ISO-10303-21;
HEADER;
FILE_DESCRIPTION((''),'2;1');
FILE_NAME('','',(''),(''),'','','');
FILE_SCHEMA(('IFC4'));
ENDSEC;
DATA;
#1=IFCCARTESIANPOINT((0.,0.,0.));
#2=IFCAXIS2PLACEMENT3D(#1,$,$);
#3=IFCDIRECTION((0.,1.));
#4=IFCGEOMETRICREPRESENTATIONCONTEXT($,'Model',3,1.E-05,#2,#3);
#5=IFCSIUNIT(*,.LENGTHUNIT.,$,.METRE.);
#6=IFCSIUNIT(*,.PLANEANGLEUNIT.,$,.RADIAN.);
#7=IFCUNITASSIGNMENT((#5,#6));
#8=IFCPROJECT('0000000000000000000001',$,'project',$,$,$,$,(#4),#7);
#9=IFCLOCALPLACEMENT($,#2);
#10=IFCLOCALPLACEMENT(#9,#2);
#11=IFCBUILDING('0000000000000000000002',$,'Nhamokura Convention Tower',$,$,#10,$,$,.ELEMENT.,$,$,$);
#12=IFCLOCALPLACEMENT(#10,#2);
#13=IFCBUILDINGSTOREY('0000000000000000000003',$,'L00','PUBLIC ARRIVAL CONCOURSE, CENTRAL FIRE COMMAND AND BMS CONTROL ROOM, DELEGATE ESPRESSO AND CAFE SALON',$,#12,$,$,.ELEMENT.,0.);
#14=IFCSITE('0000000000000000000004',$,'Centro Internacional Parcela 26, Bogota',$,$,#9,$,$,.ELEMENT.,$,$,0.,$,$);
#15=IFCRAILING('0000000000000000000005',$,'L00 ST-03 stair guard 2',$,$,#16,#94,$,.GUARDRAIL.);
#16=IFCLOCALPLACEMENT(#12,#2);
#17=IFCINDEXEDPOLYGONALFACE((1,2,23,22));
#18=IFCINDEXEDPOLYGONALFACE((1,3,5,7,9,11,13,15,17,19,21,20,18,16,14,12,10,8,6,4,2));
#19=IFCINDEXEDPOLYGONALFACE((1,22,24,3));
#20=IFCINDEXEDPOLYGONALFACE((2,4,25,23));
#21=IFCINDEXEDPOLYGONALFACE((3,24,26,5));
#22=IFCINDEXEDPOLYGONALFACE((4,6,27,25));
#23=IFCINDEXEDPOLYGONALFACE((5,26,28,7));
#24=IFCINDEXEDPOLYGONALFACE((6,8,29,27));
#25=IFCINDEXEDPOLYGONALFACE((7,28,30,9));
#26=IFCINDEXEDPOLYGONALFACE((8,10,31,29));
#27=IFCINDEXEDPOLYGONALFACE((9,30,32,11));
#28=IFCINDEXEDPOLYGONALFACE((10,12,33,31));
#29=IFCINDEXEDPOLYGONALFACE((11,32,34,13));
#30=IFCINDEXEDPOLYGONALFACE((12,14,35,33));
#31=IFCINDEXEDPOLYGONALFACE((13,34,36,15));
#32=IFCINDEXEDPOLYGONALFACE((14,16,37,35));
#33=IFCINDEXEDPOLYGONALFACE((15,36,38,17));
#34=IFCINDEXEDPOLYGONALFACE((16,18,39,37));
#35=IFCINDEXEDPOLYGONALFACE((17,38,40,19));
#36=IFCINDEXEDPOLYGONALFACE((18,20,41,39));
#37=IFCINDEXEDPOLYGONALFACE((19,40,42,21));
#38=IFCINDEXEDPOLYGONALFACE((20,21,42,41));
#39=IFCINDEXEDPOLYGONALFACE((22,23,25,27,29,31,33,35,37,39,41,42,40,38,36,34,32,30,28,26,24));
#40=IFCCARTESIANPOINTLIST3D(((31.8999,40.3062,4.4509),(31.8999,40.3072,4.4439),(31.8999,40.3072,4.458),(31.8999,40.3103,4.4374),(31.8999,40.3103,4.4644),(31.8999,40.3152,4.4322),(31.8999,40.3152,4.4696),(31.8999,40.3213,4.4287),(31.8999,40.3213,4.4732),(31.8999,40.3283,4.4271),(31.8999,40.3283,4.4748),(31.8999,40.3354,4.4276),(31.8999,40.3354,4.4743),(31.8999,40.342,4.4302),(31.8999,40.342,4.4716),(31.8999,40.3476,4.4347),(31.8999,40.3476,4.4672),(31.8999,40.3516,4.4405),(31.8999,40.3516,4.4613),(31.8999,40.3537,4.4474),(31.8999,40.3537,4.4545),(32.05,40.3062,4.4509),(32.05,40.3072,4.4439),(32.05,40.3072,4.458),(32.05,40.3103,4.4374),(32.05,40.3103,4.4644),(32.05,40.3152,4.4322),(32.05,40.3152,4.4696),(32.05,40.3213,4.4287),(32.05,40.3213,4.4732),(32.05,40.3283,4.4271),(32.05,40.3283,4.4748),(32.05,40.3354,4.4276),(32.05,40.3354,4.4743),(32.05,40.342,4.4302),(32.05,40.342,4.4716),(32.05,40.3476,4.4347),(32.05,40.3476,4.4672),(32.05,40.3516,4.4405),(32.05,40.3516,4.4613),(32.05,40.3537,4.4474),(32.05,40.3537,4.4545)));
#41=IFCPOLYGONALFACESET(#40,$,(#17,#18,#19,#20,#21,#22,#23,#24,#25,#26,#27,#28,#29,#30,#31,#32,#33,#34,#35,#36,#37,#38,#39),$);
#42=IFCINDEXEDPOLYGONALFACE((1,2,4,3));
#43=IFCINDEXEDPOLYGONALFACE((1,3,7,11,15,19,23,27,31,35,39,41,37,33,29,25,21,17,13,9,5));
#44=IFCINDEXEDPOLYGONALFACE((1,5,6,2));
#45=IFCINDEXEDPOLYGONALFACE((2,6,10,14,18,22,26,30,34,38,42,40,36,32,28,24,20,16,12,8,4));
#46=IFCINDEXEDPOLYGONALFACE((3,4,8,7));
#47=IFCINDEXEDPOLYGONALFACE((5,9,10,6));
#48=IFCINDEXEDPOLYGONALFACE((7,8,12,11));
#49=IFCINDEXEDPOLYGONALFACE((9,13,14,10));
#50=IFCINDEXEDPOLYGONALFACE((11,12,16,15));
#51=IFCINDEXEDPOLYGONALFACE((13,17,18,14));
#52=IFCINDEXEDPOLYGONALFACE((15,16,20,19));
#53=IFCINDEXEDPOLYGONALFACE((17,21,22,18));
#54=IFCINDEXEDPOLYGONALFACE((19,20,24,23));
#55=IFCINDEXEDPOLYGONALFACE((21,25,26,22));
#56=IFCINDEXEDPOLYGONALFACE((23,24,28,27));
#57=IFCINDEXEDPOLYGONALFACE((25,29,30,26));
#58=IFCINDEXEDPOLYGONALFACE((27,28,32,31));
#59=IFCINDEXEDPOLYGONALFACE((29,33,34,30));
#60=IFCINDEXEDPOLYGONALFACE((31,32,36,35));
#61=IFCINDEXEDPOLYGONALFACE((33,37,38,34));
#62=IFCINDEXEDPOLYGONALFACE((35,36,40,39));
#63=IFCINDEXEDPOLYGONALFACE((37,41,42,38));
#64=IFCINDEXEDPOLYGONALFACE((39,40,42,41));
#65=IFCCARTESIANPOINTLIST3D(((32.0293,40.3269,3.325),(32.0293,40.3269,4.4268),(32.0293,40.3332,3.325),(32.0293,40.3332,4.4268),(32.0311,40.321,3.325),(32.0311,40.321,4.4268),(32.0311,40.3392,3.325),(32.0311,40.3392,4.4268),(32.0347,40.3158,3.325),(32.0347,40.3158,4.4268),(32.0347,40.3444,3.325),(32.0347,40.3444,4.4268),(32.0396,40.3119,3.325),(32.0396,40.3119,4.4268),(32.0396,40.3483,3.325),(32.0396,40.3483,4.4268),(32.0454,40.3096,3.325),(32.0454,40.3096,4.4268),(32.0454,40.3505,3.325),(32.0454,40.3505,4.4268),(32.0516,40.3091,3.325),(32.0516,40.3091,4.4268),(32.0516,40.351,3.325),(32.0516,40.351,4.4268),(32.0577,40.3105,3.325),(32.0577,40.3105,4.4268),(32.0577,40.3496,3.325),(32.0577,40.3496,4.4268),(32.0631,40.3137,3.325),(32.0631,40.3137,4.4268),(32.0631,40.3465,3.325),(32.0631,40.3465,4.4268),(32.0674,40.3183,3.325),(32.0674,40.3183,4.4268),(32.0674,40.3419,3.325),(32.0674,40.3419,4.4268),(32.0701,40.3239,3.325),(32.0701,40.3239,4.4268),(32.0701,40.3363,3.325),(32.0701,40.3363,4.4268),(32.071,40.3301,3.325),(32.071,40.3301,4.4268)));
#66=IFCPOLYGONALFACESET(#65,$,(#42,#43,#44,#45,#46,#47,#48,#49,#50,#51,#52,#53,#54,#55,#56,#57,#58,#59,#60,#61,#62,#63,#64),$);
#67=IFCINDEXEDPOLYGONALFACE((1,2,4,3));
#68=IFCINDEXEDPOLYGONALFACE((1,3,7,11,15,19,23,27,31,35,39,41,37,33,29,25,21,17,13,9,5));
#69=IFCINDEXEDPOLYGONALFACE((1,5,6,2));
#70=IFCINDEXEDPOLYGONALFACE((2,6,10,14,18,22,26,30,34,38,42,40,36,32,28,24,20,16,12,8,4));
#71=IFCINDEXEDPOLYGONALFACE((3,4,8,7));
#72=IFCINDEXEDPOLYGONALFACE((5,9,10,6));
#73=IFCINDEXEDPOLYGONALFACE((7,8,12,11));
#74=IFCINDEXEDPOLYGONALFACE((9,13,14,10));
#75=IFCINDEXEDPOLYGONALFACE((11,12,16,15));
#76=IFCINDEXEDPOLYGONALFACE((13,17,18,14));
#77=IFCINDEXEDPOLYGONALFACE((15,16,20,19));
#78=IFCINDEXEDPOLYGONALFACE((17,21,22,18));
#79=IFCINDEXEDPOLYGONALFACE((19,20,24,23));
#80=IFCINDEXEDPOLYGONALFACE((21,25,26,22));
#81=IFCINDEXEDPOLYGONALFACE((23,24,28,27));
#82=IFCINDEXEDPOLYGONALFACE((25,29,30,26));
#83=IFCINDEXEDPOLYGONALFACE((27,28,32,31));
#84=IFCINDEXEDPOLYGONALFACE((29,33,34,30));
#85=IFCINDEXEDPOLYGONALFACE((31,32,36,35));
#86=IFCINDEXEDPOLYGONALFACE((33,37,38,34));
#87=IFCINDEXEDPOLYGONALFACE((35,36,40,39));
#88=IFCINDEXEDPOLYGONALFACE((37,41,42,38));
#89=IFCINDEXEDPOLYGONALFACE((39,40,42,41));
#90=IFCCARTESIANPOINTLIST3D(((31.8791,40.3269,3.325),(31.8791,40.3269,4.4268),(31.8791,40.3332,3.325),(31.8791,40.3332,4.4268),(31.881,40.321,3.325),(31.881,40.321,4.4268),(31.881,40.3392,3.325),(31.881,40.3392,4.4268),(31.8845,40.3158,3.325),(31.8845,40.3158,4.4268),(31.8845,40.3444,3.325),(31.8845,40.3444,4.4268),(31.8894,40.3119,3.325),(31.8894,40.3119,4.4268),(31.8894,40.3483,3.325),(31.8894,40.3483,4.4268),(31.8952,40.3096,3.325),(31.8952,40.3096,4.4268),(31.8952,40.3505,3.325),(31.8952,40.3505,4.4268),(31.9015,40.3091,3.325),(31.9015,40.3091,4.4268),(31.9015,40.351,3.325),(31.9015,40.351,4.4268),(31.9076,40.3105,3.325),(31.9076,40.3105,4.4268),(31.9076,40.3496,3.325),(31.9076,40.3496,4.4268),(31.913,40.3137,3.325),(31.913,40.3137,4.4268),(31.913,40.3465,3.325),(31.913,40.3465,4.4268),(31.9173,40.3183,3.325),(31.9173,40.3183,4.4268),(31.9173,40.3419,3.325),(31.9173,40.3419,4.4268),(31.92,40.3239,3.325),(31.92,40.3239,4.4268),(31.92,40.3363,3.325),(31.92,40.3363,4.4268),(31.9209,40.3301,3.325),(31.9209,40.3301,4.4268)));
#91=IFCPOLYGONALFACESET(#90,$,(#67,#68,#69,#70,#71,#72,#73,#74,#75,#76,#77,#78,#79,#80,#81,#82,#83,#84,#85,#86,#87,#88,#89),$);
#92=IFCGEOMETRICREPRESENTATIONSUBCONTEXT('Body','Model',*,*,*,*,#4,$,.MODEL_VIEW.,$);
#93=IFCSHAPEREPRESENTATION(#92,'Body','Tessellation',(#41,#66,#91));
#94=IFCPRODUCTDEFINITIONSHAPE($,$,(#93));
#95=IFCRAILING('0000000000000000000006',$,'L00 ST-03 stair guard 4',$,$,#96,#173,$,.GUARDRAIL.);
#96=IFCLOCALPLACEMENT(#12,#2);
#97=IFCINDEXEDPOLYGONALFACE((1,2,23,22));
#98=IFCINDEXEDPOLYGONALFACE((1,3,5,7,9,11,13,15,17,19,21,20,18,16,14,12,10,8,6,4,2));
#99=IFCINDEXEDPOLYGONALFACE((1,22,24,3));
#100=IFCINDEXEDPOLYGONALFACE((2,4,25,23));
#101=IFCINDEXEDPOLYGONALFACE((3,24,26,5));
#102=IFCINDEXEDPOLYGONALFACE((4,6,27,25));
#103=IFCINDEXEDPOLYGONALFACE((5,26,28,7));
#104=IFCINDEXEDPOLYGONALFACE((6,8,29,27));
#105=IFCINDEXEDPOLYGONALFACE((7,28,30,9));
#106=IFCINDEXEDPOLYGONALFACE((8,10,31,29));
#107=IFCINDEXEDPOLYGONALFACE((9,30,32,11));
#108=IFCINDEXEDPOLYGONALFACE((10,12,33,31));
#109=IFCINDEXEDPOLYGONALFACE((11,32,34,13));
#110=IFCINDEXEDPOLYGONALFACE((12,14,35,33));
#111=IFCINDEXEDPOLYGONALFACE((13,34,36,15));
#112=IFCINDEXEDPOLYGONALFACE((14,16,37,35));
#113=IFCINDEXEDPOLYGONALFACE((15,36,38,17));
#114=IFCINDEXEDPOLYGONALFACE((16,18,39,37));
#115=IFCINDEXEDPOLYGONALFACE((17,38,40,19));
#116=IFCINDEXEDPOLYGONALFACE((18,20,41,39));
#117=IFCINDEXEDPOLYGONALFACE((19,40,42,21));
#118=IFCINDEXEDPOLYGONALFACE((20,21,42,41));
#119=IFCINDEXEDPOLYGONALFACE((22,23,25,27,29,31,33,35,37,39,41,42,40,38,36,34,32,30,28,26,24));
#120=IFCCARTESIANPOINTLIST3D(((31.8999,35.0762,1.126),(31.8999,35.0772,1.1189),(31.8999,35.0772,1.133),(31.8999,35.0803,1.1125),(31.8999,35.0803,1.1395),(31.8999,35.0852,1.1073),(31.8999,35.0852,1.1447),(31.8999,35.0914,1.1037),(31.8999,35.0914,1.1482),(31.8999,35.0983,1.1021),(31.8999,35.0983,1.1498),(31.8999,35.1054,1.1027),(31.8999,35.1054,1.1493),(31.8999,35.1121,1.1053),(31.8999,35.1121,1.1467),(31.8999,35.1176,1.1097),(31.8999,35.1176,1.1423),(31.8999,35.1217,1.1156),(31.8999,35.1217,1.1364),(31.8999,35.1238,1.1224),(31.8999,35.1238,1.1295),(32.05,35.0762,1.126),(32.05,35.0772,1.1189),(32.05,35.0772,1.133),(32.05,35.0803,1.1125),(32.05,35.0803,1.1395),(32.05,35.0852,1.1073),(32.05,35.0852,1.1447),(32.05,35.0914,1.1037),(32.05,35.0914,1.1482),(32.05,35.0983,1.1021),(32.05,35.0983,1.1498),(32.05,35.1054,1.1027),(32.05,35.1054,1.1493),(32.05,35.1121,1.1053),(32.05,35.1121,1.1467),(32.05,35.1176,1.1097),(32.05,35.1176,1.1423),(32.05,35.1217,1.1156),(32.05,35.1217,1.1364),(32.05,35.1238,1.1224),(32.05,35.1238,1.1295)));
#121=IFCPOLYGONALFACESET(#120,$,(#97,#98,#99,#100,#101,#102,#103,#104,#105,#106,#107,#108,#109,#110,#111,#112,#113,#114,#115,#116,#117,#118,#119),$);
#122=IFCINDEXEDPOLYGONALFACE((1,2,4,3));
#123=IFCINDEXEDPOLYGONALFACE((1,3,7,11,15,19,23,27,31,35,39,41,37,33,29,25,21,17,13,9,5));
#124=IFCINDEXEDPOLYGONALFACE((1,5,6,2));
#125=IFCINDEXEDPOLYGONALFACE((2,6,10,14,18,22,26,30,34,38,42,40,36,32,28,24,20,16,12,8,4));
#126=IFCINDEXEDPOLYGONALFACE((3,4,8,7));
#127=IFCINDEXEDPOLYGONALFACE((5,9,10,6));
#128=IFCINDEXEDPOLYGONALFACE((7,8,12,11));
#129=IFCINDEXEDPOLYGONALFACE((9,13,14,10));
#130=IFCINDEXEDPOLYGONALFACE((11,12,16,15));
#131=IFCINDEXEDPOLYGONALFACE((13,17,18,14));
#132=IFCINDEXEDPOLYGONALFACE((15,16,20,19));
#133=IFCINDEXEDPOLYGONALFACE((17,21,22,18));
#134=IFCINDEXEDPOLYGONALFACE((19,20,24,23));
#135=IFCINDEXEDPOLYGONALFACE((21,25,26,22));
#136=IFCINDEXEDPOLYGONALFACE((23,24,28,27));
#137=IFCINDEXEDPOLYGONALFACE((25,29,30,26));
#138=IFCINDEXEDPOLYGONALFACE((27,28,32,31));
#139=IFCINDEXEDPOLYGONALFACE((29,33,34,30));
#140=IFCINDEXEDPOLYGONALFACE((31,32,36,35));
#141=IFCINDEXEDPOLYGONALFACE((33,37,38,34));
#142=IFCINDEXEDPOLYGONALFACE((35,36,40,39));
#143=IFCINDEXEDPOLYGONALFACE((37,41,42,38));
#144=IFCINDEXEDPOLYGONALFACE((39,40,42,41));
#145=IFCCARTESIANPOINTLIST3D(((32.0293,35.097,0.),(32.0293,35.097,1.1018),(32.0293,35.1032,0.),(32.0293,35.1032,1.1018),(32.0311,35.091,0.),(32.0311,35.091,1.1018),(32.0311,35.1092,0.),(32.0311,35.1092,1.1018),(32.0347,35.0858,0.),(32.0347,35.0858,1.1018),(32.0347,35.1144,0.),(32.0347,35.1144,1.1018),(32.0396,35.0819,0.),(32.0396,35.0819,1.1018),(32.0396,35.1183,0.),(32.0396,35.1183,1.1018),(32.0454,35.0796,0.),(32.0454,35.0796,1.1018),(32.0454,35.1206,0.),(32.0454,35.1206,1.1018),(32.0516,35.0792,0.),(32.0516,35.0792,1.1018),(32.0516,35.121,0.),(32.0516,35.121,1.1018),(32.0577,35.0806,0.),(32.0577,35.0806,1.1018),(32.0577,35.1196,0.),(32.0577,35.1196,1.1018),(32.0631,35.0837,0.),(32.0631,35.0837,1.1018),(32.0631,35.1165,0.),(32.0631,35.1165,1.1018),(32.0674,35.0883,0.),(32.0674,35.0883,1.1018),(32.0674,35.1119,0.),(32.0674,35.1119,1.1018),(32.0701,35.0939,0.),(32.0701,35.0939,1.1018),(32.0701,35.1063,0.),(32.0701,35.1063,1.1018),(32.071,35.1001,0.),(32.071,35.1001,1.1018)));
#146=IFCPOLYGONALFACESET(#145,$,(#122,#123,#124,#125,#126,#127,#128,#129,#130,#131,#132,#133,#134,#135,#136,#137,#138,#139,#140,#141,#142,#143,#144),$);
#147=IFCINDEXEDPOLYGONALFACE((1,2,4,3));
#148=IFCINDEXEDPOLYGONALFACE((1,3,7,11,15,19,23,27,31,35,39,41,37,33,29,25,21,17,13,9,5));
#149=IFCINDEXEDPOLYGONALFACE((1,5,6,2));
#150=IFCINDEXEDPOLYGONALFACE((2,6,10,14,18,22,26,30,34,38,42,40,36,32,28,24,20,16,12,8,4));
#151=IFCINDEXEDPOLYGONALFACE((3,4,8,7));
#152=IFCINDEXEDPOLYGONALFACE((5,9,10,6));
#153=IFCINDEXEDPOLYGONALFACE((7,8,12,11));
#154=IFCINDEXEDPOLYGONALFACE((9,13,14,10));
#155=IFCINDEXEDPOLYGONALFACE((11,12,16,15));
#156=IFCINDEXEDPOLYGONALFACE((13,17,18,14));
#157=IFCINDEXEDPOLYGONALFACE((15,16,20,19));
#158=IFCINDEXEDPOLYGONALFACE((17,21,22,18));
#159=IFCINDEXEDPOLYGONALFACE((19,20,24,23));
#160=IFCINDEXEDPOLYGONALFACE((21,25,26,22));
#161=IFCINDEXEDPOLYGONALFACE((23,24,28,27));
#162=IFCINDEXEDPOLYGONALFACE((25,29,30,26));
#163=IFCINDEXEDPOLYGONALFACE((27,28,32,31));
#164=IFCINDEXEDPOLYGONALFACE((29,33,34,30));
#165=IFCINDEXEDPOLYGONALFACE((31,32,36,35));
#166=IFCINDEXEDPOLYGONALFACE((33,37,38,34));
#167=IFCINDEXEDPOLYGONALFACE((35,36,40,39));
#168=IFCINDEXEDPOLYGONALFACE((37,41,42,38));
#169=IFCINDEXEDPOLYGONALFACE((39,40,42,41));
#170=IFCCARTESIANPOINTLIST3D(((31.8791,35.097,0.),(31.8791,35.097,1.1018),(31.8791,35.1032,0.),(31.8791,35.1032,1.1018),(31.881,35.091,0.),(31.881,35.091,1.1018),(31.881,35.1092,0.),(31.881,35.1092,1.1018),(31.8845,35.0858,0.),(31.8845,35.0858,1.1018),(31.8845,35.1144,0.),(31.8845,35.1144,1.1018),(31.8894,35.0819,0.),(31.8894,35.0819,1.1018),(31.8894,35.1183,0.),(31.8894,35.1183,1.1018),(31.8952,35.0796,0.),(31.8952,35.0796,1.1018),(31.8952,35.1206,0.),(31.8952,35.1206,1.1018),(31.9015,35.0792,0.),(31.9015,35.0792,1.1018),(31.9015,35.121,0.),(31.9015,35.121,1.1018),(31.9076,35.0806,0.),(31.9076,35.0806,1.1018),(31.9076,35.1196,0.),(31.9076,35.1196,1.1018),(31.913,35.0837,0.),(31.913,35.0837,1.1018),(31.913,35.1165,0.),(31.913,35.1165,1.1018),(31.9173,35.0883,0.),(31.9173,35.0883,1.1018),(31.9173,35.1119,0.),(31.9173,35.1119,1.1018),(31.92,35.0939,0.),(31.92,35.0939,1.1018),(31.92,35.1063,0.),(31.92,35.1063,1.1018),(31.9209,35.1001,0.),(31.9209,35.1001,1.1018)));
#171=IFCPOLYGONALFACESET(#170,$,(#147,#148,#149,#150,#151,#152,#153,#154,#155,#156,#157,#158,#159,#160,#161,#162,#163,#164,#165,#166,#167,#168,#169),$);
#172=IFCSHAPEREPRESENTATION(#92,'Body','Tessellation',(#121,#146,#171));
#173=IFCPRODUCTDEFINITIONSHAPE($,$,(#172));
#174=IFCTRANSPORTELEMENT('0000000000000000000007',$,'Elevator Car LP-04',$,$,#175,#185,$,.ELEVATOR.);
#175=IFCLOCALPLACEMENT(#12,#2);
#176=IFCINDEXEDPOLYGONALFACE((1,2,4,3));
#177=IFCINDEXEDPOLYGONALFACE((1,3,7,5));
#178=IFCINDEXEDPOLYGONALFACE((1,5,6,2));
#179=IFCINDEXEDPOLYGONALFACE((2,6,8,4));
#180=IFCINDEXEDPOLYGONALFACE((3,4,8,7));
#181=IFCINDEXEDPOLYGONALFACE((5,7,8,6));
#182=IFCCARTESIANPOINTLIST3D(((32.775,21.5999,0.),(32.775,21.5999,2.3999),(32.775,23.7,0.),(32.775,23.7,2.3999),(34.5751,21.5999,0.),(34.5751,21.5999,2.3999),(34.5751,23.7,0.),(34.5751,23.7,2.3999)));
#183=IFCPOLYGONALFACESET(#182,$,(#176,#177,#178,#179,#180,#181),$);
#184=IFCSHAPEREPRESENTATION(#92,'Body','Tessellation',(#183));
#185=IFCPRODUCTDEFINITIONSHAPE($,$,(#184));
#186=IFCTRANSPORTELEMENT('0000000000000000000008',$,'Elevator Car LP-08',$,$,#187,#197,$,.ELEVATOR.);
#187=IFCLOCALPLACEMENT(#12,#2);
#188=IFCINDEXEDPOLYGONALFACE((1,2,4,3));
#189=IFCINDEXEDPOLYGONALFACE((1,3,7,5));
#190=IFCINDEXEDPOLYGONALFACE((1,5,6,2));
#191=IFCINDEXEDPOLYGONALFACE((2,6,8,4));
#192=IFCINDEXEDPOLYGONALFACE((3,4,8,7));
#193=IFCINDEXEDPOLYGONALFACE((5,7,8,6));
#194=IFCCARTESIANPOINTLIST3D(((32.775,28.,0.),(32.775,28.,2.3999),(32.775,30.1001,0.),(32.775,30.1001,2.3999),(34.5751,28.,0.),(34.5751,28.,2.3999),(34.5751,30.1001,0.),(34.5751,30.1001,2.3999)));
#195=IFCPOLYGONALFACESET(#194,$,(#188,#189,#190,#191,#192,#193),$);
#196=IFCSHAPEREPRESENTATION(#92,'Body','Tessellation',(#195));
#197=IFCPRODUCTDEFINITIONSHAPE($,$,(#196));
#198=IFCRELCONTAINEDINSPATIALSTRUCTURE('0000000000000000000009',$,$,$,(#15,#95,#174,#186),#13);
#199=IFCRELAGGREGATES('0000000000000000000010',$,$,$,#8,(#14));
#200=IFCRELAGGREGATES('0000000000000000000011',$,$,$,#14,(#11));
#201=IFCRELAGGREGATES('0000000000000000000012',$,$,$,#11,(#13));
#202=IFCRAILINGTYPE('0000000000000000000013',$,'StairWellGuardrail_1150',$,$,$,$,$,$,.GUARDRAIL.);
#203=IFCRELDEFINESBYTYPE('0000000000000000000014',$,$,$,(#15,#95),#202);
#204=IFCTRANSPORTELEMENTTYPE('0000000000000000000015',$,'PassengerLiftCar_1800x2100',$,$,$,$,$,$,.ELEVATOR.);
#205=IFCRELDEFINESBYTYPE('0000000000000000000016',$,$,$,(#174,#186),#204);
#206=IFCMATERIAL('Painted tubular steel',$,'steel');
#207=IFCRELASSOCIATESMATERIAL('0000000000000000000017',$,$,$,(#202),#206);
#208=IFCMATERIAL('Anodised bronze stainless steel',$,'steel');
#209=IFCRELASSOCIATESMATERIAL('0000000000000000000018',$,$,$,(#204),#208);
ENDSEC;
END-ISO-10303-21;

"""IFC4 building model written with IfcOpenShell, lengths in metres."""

from ifc_helpers import new_model, si_unit, direction, frame, origin, origin_2d, place, context, subcontext, project, spatial, rectangle, circle, extrude, material, type_object, element, save


model = new_model("IFC4")

# Units and contexts
model_context = context("Model", 3, precision=1e-05, world=origin(), true_north=direction((0.0, 1.0)))
body_context = subcontext(model_context, "Body", "Model", "MODEL_VIEW")
ifc_project = project(units=[si_unit("LENGTHUNIT", "METRE"), si_unit("PLANEANGLEUNIT", "RADIAN")], contexts=[model_context])

# Site, building, storey
site_placement = place(None, origin())
site = spatial("IfcSite", under=ifc_project, at=site_placement, Name="Centro Internacional Parcela 26, Bogota", CompositionType="ELEMENT", RefElevation=0.0)
building_placement = place(site_placement, origin())
building = spatial("IfcBuilding", under=site, at=building_placement, Name="Nhamokura Convention Tower", CompositionType="ELEMENT")
storey_placement = place(building_placement, origin())
storey = spatial("IfcBuildingStorey", under=building, at=storey_placement, Name="L00", Description="PUBLIC ARRIVAL CONCOURSE, CENTRAL FIRE COMMAND AND BMS CONTROL ROOM, DELEGATE ESPRESSO AND CAFE SALON", CompositionType="ELEMENT", Elevation=0.0)

# Railings
ifc_material_1 = material(Name="Painted tubular steel", Category="steel")
railing_type_1 = type_object("IfcRailingType", Name="StairWellGuardrail_1150", PredefinedType="GUARDRAIL", material=ifc_material_1)
for number, where, name in (
    (1, (32.05, 40.3301, 3.325), "L00 ST-03 stair guard 2"),
    (2, (32.05, 35.1001, 0.0), "L00 ST-03 stair guard 4"),
):
    element("IfcRailing", number, at=place(storey_placement, frame(where)), inside=storey, type_object=railing_type_1, Name=name, PredefinedType="GUARDRAIL", context=body_context, shape_type="SweptSolid", body=[
        extrude(circle(Radius=0.0239, at=origin_2d()), frame((0.0, 0.0, 1.126), z_axis=(-1.0, 0.0, 0.0), x_axis=(0.0, -1.0, 0.0)), (0.0, 0.0, 1.0), 0.1501),
        extrude(circle(Radius=0.021, at=origin_2d()), origin(), (0.0, 0.0, 1.0), 1.1018),
        extrude(circle(Radius=0.021, at=origin_2d()), frame((-0.1501, 0.0, 0.0)), (0.0, 0.0, 1.0), 1.1018),
    ])

# Transport elements
ifc_material_2 = material(Name="Anodised bronze stainless steel", Category="steel")
transport_element_type = type_object("IfcTransportElementType", Name="PassengerLiftCar_1800x2100", PredefinedType="ELEVATOR", material=ifc_material_2)
for number, where, z_axis, x_axis, name in (
    (3, (33.675, 22.6499, 0.0), (0.0, 0.0, 1.0), (1.0, 0.0, 0.0), "Elevator Car LP-04"),
    (4, (33.675, 29.05, 0.0), (0.0, 0.0, 1.0), (1.0, 0.0, 0.0), "Elevator Car LP-08"),
):
    element("IfcTransportElement", number, at=place(storey_placement, frame(where, z_axis=z_axis, x_axis=x_axis)), inside=storey, type_object=transport_element_type, Name=name, PredefinedType="ELEVATOR", context=body_context, shape_type="SweptSolid", body=[
        extrude(rectangle(XDim=1.8, YDim=2.1001, at=origin_2d()), origin(), (0.0, 0.0, 1.0), 2.3999),
    ])

save(model, "model.ifc")
